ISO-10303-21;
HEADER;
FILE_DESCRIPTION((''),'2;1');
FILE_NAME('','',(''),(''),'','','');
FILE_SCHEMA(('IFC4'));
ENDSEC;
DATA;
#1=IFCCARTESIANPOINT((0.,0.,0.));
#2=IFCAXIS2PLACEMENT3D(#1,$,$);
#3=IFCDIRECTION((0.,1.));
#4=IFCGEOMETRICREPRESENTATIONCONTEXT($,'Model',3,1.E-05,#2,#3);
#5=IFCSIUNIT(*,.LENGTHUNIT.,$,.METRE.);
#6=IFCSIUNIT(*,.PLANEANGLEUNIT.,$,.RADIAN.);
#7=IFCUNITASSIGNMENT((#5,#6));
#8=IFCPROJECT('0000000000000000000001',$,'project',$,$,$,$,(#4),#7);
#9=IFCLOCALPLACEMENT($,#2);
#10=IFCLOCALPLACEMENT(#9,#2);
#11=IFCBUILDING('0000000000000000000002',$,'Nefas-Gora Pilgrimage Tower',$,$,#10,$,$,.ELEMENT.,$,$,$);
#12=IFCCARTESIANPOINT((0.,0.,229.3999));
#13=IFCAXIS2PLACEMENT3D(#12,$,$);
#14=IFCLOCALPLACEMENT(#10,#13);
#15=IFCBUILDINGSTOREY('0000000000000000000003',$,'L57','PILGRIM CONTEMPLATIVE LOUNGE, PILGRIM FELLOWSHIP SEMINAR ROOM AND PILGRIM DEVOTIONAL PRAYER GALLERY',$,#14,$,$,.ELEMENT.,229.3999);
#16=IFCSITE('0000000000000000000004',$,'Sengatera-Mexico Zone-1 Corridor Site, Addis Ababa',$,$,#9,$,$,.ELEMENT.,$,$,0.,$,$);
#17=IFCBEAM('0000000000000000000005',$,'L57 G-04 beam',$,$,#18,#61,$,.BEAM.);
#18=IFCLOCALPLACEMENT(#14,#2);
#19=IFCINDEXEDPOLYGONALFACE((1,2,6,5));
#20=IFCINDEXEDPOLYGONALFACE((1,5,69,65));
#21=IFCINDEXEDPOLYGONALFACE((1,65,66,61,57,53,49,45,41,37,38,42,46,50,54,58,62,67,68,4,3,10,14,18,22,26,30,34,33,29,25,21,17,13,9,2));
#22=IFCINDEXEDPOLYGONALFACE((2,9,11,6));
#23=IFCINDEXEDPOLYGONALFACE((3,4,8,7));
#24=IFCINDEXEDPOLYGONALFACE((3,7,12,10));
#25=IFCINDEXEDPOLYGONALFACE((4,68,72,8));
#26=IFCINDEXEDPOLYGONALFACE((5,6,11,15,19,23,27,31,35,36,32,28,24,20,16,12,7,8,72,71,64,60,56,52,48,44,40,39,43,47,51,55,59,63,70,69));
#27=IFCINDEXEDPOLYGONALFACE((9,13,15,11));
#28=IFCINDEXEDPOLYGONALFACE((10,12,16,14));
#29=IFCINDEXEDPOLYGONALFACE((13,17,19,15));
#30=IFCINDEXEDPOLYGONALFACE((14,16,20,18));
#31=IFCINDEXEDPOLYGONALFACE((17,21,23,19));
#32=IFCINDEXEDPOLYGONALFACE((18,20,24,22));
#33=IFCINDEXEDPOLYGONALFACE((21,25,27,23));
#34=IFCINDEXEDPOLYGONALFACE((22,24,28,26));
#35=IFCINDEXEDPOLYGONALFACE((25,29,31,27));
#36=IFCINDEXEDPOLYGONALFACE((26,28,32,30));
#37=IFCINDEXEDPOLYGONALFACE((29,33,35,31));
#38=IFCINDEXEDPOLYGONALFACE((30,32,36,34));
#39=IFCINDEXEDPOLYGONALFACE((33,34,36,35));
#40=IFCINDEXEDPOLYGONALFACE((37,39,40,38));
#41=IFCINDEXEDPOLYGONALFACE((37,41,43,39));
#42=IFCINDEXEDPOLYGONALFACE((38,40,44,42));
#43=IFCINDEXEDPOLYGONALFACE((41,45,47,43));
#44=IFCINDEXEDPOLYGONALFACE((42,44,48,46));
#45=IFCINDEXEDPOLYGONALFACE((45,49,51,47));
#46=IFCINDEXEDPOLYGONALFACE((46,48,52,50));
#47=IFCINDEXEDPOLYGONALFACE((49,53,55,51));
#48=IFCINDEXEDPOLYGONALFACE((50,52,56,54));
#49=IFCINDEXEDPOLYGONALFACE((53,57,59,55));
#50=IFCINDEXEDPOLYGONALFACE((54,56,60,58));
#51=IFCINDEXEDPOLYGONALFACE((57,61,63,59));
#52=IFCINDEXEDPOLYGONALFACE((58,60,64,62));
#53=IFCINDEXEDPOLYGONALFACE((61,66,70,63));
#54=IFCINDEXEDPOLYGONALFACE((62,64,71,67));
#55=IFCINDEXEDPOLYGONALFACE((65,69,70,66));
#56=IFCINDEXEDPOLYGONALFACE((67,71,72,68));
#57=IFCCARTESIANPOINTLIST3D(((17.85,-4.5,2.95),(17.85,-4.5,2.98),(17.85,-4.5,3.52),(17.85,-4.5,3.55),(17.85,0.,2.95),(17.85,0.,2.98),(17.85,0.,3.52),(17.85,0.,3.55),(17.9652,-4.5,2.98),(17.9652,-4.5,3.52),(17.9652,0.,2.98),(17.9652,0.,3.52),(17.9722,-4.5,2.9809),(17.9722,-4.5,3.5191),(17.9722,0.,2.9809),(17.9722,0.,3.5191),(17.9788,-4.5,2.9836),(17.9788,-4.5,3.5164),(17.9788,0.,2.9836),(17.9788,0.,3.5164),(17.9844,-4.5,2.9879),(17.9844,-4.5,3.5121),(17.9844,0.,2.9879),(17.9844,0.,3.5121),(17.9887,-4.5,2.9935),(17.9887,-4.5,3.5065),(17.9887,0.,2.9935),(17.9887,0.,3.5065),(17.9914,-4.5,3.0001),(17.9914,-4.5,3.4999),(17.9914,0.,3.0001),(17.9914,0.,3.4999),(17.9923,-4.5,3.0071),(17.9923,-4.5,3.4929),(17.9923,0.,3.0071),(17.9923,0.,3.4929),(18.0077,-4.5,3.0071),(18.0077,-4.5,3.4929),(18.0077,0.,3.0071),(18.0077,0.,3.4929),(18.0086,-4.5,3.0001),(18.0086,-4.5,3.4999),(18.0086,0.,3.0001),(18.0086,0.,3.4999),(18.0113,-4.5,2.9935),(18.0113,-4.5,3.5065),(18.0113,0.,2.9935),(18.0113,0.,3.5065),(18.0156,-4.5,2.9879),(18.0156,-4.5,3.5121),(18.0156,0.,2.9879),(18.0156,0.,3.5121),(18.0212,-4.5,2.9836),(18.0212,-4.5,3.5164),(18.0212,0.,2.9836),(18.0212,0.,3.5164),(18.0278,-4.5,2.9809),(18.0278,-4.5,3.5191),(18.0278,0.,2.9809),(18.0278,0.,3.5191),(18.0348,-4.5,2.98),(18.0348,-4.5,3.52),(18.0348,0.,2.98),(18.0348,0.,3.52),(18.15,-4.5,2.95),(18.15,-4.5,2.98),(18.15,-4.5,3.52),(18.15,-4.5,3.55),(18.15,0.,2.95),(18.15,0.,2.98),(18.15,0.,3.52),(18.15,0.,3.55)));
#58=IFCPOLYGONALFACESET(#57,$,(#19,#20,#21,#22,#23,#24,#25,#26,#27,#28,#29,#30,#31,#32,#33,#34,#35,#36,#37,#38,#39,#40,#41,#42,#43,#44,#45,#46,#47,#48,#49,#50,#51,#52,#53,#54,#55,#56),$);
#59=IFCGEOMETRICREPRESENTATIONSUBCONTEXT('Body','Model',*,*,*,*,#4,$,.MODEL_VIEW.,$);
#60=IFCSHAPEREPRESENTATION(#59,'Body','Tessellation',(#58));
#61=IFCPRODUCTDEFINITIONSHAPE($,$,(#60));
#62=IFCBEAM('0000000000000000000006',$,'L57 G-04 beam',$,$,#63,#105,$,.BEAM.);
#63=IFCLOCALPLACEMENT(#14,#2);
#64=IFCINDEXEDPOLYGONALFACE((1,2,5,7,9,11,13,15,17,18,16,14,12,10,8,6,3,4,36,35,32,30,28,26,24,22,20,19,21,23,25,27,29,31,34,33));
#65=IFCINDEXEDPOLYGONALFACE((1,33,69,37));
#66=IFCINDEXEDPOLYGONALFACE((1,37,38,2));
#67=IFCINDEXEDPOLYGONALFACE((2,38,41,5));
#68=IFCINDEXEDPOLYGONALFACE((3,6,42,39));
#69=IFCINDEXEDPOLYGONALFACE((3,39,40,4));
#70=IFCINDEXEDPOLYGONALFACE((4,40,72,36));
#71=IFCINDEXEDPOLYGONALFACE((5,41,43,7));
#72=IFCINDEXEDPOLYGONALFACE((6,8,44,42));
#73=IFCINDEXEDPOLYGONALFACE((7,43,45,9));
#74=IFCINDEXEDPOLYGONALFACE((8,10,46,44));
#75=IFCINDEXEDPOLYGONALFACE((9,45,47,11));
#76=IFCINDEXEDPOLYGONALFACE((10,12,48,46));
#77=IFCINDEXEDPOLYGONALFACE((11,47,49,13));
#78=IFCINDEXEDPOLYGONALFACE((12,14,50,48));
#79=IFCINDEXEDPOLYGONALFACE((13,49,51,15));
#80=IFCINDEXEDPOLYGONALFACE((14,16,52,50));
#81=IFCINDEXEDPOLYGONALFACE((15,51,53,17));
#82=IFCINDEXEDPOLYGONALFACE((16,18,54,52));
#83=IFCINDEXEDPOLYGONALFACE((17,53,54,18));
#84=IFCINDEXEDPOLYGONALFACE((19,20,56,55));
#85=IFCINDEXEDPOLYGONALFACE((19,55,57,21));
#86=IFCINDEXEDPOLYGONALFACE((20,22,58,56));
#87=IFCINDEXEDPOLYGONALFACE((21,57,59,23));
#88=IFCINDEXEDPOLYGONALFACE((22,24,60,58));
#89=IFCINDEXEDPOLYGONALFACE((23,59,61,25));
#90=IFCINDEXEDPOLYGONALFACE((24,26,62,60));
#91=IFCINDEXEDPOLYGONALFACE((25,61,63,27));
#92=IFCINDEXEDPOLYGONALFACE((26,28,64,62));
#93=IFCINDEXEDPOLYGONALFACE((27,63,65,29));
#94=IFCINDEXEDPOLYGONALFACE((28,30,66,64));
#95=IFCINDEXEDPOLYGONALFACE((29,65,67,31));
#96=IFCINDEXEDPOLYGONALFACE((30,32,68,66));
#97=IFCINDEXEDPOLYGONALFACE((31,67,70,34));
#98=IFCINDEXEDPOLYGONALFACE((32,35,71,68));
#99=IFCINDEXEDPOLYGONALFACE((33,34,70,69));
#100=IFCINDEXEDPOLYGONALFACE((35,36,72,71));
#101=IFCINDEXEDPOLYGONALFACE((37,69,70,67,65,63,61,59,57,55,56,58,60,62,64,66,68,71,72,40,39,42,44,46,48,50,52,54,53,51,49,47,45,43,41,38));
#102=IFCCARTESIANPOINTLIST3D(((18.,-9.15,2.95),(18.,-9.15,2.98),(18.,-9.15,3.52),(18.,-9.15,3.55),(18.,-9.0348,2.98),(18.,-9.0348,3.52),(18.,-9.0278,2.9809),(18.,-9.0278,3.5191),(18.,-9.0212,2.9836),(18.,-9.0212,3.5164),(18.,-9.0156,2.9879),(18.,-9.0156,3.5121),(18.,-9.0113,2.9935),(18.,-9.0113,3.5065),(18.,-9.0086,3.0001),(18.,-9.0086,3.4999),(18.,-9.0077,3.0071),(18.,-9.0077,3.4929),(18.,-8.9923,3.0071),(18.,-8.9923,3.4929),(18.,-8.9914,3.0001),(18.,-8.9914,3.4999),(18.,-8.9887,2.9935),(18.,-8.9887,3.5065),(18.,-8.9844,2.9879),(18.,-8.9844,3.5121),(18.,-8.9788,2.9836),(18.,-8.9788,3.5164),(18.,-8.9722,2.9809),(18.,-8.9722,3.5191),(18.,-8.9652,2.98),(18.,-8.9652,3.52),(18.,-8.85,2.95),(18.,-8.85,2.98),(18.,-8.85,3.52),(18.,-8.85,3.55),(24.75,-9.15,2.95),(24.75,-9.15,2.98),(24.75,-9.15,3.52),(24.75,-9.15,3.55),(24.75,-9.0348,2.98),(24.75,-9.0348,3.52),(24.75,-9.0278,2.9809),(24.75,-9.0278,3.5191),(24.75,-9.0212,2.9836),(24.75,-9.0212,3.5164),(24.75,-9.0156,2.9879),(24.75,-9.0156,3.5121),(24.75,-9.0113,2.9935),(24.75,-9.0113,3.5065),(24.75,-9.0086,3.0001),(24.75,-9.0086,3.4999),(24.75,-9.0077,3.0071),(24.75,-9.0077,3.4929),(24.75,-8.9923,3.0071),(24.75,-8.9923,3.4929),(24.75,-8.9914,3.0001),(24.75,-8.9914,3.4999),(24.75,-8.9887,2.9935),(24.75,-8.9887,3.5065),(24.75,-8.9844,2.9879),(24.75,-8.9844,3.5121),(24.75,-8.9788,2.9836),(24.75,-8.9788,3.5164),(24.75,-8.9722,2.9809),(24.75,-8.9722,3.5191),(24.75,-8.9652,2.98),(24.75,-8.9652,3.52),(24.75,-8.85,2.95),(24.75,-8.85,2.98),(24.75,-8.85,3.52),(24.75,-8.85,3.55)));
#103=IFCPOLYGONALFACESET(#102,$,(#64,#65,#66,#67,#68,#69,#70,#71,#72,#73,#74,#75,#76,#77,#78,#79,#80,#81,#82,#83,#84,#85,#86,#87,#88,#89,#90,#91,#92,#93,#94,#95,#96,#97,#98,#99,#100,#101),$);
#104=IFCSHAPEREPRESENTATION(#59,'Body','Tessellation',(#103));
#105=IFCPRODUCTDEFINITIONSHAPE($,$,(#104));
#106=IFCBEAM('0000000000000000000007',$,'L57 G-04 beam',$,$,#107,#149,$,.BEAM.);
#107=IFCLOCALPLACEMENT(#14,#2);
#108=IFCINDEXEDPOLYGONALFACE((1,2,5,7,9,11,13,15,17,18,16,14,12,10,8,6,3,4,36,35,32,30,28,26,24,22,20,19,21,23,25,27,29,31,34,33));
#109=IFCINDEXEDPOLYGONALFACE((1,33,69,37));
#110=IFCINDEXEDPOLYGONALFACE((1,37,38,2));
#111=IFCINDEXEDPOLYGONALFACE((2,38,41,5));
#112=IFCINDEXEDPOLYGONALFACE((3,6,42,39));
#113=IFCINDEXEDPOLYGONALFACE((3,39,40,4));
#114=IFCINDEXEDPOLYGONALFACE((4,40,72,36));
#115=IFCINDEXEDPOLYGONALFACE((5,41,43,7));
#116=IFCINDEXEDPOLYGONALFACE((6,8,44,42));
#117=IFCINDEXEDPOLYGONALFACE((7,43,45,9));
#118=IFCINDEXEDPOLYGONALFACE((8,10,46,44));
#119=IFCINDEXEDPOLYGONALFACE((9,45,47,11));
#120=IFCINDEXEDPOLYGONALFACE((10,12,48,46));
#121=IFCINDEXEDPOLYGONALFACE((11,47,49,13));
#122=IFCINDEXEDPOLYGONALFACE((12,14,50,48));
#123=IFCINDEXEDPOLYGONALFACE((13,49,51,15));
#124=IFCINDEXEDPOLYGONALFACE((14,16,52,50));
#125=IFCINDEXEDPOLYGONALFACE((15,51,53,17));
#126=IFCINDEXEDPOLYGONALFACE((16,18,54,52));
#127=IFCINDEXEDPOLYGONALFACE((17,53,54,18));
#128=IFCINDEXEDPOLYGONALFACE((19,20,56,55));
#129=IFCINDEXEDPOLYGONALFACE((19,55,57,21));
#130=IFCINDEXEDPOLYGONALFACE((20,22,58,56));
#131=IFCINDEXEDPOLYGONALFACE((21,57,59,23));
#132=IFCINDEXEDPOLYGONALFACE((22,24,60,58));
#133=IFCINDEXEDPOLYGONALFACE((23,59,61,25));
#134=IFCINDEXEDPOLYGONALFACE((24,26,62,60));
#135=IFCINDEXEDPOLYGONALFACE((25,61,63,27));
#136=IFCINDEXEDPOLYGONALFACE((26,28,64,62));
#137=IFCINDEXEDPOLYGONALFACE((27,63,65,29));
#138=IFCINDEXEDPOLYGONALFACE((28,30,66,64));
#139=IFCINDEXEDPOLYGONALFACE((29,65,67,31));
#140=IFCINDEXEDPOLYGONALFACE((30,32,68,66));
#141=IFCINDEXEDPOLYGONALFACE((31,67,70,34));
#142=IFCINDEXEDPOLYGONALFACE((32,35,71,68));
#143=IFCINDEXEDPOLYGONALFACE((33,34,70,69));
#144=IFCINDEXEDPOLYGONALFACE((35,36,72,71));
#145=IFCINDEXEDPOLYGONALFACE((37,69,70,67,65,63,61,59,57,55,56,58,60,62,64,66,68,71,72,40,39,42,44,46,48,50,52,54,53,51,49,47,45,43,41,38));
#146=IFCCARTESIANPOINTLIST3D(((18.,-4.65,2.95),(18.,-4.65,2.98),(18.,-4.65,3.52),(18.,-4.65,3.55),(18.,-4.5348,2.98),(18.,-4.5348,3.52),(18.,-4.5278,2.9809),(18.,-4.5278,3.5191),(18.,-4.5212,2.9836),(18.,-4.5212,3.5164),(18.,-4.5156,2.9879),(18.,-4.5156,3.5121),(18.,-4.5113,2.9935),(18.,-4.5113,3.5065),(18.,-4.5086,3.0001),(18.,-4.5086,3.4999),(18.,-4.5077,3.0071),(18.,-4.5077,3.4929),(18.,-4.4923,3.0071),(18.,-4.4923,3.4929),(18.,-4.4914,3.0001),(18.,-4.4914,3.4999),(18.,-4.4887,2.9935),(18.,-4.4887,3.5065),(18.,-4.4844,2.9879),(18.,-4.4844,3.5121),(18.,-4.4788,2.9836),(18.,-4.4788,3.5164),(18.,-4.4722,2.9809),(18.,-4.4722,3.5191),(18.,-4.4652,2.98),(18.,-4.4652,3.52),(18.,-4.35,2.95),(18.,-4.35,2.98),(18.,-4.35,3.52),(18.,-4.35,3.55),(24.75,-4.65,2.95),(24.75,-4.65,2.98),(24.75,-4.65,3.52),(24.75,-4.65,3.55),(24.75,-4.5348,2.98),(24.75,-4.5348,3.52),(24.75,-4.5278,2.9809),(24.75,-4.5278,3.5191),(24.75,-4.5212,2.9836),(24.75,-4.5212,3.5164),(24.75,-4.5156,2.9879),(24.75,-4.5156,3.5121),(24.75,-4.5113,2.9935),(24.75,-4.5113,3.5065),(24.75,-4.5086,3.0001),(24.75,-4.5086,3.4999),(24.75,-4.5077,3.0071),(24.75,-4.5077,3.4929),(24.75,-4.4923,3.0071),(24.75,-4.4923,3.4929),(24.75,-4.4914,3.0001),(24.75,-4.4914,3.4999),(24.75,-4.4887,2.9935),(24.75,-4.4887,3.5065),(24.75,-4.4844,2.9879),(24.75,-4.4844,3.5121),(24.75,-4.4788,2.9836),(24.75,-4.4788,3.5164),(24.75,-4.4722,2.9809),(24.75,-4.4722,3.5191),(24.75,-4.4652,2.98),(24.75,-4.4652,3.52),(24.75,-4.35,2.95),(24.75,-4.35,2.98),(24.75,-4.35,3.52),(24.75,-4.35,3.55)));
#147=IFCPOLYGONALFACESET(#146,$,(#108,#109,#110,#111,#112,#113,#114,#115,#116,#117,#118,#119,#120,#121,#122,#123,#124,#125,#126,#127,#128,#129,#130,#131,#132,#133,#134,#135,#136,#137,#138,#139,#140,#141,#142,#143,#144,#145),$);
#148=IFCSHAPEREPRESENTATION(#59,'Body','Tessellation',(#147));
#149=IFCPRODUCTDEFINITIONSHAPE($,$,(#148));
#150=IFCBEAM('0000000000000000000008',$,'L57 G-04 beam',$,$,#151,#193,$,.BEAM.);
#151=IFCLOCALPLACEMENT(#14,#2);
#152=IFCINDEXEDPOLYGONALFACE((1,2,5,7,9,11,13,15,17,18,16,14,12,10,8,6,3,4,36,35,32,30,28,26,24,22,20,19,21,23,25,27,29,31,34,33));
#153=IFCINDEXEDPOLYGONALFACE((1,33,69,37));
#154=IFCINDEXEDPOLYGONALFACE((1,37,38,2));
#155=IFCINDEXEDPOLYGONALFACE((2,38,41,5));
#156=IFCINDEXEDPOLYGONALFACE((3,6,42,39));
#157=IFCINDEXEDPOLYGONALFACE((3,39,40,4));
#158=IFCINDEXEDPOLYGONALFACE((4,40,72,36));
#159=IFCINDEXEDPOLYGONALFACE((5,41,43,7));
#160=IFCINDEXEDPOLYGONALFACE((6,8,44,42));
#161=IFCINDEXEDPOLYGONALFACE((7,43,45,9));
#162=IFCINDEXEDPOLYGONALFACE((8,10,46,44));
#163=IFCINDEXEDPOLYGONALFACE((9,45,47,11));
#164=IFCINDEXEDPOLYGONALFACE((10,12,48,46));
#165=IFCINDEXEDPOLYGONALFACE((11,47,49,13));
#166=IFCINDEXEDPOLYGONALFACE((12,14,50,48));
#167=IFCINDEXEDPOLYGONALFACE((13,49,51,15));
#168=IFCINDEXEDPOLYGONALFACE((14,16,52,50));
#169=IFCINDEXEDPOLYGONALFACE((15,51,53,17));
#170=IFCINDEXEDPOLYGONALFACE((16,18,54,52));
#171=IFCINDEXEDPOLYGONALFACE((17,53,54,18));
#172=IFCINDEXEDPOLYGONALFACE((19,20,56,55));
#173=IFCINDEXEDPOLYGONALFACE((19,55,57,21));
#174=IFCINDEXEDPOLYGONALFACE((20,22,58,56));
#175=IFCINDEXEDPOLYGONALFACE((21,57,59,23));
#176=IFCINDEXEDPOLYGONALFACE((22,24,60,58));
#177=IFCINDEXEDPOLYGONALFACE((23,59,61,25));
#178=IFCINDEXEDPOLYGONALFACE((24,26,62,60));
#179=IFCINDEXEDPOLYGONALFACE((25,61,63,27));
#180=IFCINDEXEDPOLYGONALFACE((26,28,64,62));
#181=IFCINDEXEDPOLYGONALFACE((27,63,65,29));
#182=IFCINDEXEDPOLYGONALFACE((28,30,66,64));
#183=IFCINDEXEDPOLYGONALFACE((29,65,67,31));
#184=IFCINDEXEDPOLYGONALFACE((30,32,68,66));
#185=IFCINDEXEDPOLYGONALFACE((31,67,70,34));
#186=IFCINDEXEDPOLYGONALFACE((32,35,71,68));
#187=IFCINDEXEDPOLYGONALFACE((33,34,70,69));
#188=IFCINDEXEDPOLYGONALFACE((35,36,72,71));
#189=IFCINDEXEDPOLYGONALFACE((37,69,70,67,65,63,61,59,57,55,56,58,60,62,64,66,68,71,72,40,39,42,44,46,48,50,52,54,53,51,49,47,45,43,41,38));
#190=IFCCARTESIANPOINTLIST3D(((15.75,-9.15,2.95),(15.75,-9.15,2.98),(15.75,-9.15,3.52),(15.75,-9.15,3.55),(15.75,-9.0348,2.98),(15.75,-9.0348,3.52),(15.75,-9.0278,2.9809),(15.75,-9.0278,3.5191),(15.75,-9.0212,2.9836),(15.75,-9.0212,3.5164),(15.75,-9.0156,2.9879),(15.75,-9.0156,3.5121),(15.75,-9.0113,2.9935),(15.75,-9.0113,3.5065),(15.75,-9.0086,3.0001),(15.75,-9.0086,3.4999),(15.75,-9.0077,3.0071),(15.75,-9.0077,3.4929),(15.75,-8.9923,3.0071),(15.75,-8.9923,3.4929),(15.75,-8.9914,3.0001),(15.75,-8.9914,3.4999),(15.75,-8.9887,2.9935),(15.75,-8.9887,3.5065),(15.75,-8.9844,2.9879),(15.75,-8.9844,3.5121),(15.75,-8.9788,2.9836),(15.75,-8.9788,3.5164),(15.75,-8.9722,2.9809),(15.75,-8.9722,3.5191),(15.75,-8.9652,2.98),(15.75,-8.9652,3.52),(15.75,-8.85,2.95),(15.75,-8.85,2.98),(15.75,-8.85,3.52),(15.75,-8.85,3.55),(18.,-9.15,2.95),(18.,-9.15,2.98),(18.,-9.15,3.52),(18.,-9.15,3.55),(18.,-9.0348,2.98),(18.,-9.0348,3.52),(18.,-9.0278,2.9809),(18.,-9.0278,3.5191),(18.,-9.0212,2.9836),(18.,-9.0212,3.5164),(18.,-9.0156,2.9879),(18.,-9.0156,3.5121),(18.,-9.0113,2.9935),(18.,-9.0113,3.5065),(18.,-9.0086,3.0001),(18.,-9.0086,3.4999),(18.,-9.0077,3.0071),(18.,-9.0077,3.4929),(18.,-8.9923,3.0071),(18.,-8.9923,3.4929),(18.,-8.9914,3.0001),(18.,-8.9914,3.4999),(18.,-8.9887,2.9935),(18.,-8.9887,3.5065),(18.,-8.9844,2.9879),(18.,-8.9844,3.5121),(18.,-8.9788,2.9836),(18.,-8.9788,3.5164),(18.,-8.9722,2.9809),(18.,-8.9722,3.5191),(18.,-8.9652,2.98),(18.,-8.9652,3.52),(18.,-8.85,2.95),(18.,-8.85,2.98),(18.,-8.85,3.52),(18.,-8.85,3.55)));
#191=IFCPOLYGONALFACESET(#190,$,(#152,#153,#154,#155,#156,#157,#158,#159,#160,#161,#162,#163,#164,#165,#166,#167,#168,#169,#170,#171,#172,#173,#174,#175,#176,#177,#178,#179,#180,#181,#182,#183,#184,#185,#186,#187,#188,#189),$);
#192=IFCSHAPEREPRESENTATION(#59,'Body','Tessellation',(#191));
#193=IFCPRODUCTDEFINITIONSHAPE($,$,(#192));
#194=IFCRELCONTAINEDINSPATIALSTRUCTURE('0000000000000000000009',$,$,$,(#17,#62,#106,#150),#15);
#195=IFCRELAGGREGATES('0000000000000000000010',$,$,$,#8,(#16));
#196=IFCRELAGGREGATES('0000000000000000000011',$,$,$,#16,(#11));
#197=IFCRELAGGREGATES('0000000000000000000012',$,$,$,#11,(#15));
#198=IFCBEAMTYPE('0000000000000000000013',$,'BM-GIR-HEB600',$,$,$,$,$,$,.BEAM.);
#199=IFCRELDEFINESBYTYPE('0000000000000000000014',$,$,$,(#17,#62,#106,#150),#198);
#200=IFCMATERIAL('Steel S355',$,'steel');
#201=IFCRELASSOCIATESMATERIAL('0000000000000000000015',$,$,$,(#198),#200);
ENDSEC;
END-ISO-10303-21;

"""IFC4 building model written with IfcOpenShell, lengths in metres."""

from ifc_helpers import new_model, si_unit, direction, frame, origin, origin_2d, place, context, subcontext, project, spatial, i_section, extrude, source, transform, mapped, material, material_profile, profile_set, type_object, element, save


model = new_model("IFC4")

# Units and contexts
model_context = context("Model", 3, precision=1e-05, world=origin(), true_north=direction((0.0, 1.0)))
body_context = subcontext(model_context, "Body", "Model", "MODEL_VIEW")
ifc_project = project(units=[si_unit("LENGTHUNIT", "METRE"), si_unit("PLANEANGLEUNIT", "RADIAN")], contexts=[model_context])

# Site, building, storey
site_placement = place(None, origin())
site = spatial("IfcSite", under=ifc_project, at=site_placement, Name="Sengatera-Mexico Zone-1 Corridor Site, Addis Ababa", CompositionType="ELEMENT", RefElevation=0.0)
building_placement = place(site_placement, origin())
building = spatial("IfcBuilding", under=site, at=building_placement, Name="Nefas-Gora Pilgrimage Tower", CompositionType="ELEMENT")
storey_placement = place(building_placement, frame((0.0, 0.0, 229.3999)))
storey = spatial("IfcBuildingStorey", under=building, at=storey_placement, Name="L57", Description="PILGRIM CONTEMPLATIVE LOUNGE, PILGRIM FELLOWSHIP SEMINAR ROOM AND PILGRIM DEVOTIONAL PRAYER GALLERY", CompositionType="ELEMENT", Elevation=229.3999)

# Beams
ifc_material_1 = material(Name="Steel S355", Category="steel")
ifc_material_profile_1 = material_profile(ifc_material_1, i_section(OverallWidth=0.3, OverallDepth=0.6001, WebThickness=0.0154, FlangeThickness=0.03, FilletRadius=0.0271, at=origin_2d()), Name="HEB 600")
ifc_profile_set_1 = profile_set([ifc_material_profile_1], Name="Steel S355")
beam_type_1 = type_object("IfcBeamType", Name="BM-GIR-HEB600", PredefinedType="BEAM", material=ifc_profile_set_1)
shared_shape_1 = source(origin(), body_context, "Body", "SweptSolid", [
    extrude(i_section(OverallWidth=0.3, OverallDepth=0.6001, WebThickness=0.0154, FlangeThickness=0.03, FilletRadius=0.0271, at=origin_2d()), origin(), (0.0, 0.0, 1.0), 4.5),
])
for number, where, z_axis, x_axis, name in (
    (1, (18.0, -4.5, 3.25), (0.0, 1.0, 0.0), (-1.0, 0.0, 0.0), "L57 G-04 beam"),
):
    element("IfcBeam", number, at=place(storey_placement, frame(where, z_axis=z_axis, x_axis=x_axis)), inside=storey, type_object=beam_type_1, Name=name, PredefinedType="BEAM", context=body_context, shape_type="MappedRepresentation", body=[
        mapped(shared_shape_1, transform((0.0, 0.0, 0.0), x_axis=(1.0, 0.0, 0.0), y_axis=(0.0, 1.0, 0.0), z_axis=(0.0, 0.0, 1.0), scale=1.0)),
    ])
shared_shape_2 = source(origin(), body_context, "Body", "SweptSolid", [
    extrude(i_section(OverallWidth=0.3, OverallDepth=0.6001, WebThickness=0.0154, FlangeThickness=0.03, FilletRadius=0.0271, at=origin_2d()), origin(), (0.0, 0.0, 1.0), 6.75),
])
for number, where, z_axis, x_axis, name in (
    (2, (18.0, -9.0, 3.25), (1.0, 0.0, 0.0), (0.0, 1.0, 0.0), "L57 G-04 beam"),
    (3, (18.0, -4.5, 3.25), (1.0, 0.0, 0.0), (0.0, 1.0, 0.0), "L57 G-04 beam"),
):
    element("IfcBeam", number, at=place(storey_placement, frame(where, z_axis=z_axis, x_axis=x_axis)), inside=storey, type_object=beam_type_1, Name=name, PredefinedType="BEAM", context=body_context, shape_type="MappedRepresentation", body=[
        mapped(shared_shape_2, transform((0.0, 0.0, 0.0), x_axis=(1.0, 0.0, 0.0), y_axis=(0.0, 1.0, 0.0), z_axis=(0.0, 0.0, 1.0), scale=1.0)),
    ])
shared_shape_3 = source(origin(), body_context, "Body", "SweptSolid", [
    extrude(i_section(OverallWidth=0.3, OverallDepth=0.6001, WebThickness=0.0154, FlangeThickness=0.03, FilletRadius=0.0271, at=origin_2d()), origin(), (0.0, 0.0, 1.0), 2.25),
])
for number, where, z_axis, x_axis, name in (
    (4, (15.75, -9.0, 3.25), (1.0, 0.0, 0.0), (0.0, 1.0, 0.0), "L57 G-04 beam"),
):
    element("IfcBeam", number, at=place(storey_placement, frame(where, z_axis=z_axis, x_axis=x_axis)), inside=storey, type_object=beam_type_1, Name=name, PredefinedType="BEAM", context=body_context, shape_type="MappedRepresentation", body=[
        mapped(shared_shape_3, transform((0.0, 0.0, 0.0), x_axis=(1.0, 0.0, 0.0), y_axis=(0.0, 1.0, 0.0), z_axis=(0.0, 0.0, 1.0), scale=1.0)),
    ])

save(model, "model.ifc")
